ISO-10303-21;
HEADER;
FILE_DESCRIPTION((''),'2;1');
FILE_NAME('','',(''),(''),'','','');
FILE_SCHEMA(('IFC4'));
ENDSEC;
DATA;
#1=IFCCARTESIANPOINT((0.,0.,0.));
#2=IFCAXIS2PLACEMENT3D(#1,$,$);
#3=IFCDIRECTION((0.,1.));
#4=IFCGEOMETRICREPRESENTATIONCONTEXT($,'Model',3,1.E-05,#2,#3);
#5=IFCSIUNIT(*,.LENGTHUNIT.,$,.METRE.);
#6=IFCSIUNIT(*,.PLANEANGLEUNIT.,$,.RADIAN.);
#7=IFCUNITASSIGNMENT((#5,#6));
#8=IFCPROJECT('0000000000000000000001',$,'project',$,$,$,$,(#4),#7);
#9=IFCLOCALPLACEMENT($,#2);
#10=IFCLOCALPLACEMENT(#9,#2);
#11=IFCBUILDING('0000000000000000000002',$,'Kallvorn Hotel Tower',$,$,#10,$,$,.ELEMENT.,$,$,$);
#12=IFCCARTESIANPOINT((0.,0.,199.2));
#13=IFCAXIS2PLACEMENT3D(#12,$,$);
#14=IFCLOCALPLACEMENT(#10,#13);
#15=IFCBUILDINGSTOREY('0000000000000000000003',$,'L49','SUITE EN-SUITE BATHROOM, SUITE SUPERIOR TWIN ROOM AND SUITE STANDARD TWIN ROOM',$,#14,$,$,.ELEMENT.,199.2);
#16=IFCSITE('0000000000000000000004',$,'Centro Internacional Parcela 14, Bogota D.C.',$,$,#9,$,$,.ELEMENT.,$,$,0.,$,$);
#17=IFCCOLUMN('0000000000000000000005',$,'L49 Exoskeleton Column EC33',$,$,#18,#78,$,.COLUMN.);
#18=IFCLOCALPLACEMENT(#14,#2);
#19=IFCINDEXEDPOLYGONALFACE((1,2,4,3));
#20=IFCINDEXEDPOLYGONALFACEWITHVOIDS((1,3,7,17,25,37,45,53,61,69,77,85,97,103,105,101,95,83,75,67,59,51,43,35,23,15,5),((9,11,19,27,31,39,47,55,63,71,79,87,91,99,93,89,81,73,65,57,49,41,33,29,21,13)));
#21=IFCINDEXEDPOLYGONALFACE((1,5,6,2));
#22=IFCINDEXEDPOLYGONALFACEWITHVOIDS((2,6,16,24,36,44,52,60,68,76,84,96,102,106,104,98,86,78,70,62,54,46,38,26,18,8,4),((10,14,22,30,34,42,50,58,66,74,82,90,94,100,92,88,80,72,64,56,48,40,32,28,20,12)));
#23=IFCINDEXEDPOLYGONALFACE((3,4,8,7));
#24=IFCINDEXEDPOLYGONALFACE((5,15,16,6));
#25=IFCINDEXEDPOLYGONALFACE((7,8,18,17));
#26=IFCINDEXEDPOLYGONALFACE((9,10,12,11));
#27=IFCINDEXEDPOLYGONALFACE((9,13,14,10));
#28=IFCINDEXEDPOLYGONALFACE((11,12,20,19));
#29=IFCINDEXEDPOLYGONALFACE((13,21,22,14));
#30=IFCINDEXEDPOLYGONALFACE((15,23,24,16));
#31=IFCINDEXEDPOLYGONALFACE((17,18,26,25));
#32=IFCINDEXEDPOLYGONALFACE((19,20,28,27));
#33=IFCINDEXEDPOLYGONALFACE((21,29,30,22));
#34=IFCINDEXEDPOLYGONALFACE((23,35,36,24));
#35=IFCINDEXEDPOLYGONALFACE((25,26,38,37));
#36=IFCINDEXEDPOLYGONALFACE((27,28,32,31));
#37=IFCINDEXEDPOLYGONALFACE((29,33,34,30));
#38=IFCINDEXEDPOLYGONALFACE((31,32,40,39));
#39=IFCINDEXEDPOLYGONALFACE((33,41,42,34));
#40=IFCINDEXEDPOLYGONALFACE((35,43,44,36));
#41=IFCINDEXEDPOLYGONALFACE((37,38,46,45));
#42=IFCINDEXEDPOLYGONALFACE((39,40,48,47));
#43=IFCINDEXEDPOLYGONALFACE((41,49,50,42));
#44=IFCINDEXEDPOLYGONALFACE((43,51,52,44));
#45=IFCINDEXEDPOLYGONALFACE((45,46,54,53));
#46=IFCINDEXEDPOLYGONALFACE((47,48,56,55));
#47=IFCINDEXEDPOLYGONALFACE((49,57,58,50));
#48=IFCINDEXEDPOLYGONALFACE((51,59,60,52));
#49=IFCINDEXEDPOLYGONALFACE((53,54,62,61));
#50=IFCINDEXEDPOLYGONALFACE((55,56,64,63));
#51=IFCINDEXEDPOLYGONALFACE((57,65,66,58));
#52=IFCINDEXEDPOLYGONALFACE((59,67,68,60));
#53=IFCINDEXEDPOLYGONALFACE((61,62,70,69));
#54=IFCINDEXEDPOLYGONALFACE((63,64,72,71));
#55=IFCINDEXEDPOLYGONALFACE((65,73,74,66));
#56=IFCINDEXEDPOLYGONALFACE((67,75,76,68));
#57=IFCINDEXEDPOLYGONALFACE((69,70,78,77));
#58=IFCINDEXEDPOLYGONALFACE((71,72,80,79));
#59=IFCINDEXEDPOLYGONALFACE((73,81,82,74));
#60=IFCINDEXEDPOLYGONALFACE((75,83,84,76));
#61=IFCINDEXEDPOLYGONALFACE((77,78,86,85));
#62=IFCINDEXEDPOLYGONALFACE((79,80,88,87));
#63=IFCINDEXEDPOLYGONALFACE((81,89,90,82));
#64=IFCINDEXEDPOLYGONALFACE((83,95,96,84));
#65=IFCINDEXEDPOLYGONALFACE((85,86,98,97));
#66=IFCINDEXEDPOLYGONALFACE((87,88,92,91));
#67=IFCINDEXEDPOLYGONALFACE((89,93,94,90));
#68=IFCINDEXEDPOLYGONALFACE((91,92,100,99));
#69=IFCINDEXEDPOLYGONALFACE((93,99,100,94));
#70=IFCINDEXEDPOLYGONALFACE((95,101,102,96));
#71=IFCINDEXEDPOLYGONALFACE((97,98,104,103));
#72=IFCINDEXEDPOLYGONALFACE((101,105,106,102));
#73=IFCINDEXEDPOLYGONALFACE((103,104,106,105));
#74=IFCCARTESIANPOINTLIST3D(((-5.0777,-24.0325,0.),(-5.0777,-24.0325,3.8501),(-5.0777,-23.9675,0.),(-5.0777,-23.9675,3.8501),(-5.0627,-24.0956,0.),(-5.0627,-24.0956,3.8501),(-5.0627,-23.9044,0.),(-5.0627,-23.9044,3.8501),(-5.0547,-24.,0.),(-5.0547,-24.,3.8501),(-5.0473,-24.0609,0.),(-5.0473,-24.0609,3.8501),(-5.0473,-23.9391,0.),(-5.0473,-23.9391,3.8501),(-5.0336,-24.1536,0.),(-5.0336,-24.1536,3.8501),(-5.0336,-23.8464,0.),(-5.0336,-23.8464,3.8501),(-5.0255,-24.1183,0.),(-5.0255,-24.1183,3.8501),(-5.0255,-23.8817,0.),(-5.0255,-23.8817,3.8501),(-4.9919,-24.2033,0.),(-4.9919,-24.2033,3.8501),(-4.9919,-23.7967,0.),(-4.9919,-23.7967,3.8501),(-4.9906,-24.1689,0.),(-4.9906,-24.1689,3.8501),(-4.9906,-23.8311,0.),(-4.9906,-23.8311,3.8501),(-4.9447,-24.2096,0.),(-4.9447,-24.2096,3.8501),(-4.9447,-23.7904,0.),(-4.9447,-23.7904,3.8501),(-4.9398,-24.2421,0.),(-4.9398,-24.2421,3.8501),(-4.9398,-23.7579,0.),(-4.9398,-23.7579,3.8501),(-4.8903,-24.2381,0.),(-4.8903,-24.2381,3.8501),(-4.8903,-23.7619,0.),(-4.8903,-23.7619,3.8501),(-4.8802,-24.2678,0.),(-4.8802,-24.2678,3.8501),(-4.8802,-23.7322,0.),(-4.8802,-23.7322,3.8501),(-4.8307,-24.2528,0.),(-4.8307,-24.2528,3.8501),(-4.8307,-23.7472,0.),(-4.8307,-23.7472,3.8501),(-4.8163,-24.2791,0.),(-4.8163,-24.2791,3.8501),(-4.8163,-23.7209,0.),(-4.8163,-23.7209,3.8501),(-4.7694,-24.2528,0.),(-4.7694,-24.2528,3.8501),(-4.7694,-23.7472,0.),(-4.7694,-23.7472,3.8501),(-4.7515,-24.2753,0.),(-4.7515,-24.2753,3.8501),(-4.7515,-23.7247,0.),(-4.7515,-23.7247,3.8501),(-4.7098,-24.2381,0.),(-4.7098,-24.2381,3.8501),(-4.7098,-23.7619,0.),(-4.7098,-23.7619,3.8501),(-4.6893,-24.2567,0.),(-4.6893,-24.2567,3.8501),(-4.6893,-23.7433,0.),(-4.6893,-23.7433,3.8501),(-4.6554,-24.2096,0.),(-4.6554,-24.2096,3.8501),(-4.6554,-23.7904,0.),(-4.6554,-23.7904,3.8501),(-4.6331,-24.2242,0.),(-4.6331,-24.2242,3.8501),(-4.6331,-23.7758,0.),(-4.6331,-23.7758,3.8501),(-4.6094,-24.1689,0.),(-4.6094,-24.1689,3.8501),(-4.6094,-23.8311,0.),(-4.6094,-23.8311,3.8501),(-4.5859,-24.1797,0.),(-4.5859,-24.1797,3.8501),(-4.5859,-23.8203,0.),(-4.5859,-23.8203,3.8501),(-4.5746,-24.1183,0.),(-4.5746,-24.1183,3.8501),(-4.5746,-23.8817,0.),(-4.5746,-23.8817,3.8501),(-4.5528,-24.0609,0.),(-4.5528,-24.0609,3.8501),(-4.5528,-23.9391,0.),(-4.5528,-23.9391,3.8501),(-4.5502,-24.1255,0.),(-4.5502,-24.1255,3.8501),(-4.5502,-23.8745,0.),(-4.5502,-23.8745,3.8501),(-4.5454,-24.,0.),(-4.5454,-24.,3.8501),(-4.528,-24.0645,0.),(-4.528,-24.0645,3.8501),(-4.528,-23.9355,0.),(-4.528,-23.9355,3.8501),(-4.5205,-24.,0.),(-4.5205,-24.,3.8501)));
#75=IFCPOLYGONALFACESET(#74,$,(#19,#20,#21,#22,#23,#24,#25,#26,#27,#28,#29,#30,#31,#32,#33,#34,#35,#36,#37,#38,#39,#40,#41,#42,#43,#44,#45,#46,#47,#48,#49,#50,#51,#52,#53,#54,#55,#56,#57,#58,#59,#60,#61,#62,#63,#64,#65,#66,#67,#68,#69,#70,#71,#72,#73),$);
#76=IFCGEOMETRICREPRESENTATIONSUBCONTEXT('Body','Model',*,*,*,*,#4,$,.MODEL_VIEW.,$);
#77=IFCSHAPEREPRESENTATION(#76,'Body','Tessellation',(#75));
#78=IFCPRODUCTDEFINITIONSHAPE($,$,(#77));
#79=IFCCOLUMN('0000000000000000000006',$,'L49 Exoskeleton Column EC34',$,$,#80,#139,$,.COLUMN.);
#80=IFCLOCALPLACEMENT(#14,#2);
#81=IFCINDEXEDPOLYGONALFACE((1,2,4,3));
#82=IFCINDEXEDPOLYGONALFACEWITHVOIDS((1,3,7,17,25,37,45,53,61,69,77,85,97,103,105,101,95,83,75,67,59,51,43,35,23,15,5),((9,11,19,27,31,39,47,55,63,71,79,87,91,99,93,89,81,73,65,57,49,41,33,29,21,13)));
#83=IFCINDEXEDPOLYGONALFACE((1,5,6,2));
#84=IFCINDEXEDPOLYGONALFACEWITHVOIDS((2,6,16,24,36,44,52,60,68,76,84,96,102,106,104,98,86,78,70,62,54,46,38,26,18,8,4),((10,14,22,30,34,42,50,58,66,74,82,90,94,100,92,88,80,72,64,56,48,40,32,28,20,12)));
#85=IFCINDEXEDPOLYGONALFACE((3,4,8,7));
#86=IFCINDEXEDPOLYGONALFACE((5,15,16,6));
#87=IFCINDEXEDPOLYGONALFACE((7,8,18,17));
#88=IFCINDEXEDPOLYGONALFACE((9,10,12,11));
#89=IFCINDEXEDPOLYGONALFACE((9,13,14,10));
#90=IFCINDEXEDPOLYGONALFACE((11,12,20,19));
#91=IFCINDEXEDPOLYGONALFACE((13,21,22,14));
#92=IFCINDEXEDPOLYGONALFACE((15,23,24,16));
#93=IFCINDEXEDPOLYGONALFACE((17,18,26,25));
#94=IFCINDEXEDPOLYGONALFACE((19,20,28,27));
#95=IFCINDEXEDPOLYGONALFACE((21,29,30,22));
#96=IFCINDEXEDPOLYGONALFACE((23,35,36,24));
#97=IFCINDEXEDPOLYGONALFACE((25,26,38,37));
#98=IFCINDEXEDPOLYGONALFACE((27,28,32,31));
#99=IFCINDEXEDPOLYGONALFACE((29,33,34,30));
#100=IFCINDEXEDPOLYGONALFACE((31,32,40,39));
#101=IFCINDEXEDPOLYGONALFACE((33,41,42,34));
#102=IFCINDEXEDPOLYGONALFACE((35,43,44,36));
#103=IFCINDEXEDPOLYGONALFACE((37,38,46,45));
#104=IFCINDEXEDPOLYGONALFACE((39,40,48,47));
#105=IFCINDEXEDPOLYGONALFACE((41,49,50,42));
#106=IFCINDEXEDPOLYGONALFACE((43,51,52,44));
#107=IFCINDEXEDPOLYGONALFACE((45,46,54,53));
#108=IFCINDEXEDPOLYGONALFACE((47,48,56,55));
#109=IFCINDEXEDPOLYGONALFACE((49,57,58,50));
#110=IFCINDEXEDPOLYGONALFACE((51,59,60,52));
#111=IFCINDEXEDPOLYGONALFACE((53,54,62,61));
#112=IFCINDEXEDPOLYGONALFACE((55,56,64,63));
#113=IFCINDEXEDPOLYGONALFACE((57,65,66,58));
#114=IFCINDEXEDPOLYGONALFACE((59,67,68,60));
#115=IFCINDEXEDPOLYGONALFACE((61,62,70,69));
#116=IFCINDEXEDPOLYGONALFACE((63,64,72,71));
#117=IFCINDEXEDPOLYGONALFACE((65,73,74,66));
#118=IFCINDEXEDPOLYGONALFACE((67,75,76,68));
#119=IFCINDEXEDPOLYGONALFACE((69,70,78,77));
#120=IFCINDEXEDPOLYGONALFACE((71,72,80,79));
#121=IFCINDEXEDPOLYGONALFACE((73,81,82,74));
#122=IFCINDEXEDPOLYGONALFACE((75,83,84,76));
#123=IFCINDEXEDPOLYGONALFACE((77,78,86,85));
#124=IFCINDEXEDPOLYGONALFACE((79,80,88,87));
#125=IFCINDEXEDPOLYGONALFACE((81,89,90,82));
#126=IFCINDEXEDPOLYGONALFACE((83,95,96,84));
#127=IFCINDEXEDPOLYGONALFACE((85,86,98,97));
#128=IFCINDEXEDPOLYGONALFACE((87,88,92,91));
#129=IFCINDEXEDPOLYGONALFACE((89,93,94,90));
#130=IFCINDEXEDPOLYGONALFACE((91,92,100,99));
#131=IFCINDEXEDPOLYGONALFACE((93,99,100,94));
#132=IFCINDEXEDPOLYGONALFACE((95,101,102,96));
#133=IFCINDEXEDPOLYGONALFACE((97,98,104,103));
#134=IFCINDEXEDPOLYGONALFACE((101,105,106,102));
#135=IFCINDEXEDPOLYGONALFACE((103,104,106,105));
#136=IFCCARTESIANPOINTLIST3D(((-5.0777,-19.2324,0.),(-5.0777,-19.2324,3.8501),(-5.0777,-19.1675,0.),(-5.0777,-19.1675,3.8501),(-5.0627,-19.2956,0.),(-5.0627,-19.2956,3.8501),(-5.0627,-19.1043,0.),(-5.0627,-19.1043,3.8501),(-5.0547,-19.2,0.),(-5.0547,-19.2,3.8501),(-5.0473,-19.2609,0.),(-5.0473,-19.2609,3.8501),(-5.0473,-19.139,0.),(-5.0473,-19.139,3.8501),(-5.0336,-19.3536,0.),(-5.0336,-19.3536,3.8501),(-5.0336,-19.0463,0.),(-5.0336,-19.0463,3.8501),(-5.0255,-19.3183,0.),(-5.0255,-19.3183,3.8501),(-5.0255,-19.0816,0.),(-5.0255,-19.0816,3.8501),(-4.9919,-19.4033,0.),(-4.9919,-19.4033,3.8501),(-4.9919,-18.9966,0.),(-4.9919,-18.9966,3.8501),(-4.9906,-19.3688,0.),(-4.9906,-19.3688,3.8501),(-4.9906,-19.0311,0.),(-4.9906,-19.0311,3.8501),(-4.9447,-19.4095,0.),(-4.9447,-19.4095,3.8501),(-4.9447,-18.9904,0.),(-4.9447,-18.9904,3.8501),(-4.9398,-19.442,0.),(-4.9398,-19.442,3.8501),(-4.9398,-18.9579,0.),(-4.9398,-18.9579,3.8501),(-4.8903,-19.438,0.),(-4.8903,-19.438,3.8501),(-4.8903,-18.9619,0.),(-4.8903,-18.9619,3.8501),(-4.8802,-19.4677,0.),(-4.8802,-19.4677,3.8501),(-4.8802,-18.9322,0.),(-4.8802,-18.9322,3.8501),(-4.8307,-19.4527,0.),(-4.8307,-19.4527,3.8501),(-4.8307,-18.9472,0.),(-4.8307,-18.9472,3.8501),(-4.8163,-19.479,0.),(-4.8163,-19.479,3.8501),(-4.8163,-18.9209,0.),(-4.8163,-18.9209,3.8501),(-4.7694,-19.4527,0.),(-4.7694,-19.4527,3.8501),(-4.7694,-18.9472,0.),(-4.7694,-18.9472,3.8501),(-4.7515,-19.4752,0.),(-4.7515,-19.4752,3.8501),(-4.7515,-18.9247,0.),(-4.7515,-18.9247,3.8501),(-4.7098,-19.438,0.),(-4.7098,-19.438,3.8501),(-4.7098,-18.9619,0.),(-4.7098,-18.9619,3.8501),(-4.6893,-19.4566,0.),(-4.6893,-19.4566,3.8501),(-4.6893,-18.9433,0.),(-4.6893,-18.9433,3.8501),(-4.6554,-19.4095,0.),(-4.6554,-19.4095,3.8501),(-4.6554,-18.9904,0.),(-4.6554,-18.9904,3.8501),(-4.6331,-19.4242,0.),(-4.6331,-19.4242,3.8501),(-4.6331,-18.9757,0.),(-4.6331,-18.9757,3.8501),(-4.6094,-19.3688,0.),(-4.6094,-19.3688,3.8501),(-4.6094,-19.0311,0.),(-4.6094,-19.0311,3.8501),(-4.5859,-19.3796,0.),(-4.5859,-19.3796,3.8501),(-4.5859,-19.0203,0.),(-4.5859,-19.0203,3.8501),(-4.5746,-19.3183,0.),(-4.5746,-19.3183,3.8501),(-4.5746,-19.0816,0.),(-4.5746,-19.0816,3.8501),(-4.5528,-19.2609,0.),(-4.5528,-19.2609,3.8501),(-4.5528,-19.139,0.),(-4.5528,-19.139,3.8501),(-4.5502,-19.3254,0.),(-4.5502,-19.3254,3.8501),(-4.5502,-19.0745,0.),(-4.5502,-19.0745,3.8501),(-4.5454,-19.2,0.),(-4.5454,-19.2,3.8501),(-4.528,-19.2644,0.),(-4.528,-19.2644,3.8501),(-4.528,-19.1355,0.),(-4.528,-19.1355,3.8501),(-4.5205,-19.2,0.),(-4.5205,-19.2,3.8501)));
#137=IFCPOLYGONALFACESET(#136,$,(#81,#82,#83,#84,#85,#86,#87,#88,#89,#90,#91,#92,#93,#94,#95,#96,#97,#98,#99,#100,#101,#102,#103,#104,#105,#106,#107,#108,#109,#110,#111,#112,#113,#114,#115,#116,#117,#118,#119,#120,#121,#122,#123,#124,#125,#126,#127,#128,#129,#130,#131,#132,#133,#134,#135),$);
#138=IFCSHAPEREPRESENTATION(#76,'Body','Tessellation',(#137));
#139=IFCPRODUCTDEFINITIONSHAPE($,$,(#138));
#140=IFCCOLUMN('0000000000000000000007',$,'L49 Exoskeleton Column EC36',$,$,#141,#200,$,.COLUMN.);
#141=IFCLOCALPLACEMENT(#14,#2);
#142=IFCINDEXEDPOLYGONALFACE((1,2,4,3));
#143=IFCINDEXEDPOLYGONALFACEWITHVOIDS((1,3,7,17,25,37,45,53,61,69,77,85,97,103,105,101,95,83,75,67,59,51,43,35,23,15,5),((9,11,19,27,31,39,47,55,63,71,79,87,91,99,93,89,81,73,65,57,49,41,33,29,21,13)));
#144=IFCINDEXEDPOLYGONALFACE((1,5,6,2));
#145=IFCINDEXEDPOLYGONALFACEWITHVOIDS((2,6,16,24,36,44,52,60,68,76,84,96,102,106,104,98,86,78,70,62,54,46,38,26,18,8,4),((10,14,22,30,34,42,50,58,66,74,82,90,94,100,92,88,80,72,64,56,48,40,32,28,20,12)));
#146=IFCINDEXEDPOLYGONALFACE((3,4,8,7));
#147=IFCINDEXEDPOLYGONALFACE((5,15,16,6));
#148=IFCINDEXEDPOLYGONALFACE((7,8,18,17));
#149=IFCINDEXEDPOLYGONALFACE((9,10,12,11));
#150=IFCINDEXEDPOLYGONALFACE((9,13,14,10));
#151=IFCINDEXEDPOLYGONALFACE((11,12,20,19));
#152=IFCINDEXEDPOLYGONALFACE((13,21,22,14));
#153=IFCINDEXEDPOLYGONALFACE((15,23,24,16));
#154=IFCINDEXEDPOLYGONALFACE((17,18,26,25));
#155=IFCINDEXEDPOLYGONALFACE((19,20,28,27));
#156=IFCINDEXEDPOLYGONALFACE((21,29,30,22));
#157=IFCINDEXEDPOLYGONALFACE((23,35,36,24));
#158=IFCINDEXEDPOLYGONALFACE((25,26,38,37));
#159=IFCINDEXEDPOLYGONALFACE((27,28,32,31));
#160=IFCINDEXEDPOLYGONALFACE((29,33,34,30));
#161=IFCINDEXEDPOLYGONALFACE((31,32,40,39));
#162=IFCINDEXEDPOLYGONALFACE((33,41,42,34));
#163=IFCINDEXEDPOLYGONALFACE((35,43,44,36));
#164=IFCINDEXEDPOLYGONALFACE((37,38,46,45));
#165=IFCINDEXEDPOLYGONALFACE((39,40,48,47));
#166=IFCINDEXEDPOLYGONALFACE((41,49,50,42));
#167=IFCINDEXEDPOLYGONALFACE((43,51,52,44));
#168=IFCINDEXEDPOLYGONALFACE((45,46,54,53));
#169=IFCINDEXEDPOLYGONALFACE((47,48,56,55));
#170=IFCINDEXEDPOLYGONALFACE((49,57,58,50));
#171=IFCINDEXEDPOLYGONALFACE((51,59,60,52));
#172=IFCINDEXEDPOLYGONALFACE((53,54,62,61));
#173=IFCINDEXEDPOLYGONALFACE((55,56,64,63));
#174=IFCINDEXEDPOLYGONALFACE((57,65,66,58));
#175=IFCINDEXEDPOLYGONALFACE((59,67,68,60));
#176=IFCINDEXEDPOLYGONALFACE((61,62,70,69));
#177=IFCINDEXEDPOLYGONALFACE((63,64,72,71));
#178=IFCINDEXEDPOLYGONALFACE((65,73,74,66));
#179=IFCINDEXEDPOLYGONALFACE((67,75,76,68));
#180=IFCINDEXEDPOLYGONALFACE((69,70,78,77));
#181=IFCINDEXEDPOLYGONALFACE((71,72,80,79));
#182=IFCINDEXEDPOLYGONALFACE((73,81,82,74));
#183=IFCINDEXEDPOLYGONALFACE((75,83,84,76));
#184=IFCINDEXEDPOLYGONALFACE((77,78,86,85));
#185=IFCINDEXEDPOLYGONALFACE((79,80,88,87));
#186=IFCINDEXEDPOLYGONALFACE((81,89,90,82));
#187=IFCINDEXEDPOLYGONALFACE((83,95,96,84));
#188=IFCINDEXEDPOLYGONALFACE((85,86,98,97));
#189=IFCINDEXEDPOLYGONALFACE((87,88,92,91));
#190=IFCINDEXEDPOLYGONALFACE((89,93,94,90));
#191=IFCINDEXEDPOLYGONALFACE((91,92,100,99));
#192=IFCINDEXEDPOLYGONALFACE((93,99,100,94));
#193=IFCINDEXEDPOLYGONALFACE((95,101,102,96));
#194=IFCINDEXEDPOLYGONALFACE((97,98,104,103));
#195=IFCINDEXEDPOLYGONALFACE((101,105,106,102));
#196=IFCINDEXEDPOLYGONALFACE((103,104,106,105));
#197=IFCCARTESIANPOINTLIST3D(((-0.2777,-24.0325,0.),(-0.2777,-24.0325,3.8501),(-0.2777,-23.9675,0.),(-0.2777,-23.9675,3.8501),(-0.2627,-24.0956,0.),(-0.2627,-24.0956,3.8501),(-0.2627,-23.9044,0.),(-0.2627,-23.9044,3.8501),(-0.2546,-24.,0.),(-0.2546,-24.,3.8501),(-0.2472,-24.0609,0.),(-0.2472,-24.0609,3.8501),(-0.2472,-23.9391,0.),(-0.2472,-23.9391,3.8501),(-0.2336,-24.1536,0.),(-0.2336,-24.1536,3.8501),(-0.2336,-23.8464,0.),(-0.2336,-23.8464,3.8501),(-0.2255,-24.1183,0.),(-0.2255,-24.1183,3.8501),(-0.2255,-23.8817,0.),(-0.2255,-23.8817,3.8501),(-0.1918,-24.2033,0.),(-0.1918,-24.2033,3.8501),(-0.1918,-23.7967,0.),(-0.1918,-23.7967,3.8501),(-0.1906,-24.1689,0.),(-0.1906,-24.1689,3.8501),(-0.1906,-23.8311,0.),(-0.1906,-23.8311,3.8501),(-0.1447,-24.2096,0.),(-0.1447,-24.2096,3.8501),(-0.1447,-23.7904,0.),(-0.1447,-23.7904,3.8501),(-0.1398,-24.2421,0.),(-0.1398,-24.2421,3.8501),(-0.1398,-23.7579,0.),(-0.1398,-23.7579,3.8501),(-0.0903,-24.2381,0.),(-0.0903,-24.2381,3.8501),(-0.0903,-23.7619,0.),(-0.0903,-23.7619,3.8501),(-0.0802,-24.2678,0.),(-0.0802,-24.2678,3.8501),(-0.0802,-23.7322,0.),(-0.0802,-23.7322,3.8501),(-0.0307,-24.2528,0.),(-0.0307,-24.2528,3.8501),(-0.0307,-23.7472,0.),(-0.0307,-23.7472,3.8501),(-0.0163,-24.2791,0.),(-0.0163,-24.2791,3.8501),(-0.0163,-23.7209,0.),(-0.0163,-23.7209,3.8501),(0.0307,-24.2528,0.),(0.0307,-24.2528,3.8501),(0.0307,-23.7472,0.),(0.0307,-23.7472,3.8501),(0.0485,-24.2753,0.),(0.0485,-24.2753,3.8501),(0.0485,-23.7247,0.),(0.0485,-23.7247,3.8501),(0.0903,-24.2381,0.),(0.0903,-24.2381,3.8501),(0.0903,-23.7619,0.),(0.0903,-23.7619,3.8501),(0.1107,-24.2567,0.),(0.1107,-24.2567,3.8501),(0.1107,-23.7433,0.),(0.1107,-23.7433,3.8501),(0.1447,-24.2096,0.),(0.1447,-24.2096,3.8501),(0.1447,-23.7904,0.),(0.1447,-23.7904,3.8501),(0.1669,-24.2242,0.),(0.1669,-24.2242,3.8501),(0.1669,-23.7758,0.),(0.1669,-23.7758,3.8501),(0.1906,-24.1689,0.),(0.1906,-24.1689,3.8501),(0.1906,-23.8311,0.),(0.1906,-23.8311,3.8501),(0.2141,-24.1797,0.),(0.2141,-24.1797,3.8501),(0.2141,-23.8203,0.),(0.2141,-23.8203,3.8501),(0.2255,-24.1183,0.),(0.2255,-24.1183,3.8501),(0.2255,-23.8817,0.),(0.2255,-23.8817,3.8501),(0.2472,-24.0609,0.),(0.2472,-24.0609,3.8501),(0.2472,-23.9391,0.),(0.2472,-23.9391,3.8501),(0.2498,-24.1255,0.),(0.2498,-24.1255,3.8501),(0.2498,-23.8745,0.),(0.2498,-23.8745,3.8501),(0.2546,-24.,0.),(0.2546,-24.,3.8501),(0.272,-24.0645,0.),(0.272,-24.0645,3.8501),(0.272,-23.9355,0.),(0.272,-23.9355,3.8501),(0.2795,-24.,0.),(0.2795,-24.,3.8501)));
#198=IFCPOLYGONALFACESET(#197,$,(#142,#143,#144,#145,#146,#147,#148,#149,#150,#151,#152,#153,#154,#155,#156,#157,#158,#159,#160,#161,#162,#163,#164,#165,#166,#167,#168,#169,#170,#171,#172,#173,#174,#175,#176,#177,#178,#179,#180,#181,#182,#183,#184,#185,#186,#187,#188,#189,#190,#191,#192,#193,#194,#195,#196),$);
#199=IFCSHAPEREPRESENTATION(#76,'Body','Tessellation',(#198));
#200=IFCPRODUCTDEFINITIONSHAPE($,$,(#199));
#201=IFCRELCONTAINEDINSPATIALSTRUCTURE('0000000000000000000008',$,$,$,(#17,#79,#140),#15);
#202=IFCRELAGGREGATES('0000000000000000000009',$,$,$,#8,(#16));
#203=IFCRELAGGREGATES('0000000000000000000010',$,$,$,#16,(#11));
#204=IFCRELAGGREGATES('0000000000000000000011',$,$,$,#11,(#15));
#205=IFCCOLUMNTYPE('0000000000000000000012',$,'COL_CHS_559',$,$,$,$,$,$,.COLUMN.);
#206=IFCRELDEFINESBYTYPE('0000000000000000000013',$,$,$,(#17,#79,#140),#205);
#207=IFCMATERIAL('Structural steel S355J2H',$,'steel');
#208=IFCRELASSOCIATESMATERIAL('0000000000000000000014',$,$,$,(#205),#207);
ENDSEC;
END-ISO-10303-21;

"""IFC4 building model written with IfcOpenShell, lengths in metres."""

from ifc_helpers import new_model, si_unit, direction, frame, origin, origin_2d, place, context, subcontext, project, spatial, hollow_circle, extrude, material, material_profile, profile_set, type_object, element, save


model = new_model("IFC4")

# Units and contexts
model_context = context("Model", 3, precision=1e-05, world=origin(), true_north=direction((0.0, 1.0)))
body_context = subcontext(model_context, "Body", "Model", "MODEL_VIEW")
ifc_project = project(units=[si_unit("LENGTHUNIT", "METRE"), si_unit("PLANEANGLEUNIT", "RADIAN")], contexts=[model_context])

# Site, building, storey
site_placement = place(None, origin())
site = spatial("IfcSite", under=ifc_project, at=site_placement, Name="Centro Internacional Parcela 14, Bogota D.C.", CompositionType="ELEMENT", RefElevation=0.0)
building_placement = place(site_placement, origin())
building = spatial("IfcBuilding", under=site, at=building_placement, Name="Kallvorn Hotel Tower", CompositionType="ELEMENT")
storey_placement = place(building_placement, frame((0.0, 0.0, 199.2)))
storey = spatial("IfcBuildingStorey", under=building, at=storey_placement, Name="L49", Description="SUITE EN-SUITE BATHROOM, SUITE SUPERIOR TWIN ROOM AND SUITE STANDARD TWIN ROOM", CompositionType="ELEMENT", Elevation=199.2)

# Columns
ifc_material_1 = material(Name="Structural steel S355J2H", Category="steel")
ifc_material_profile_1 = material_profile(ifc_material_1, hollow_circle(Radius=0.2795, WallThickness=0.0249, at=origin_2d()), Name="CHS 559x25")
ifc_profile_set_1 = profile_set([ifc_material_profile_1], Name="Structural steel S355J2H")
column_type_1 = type_object("IfcColumnType", Name="COL_CHS_559", PredefinedType="COLUMN", material=ifc_profile_set_1)
for number, where, z_axis, x_axis, name in (
    (1, (-4.8, -24.0, 0.0), (0.0, 0.0, 1.0), (1.0, 0.0, 0.0), "L49 Exoskeleton Column EC33"),
    (2, (-4.8, -19.2, 0.0), (0.0, 0.0, 1.0), (1.0, 0.0, 0.0), "L49 Exoskeleton Column EC34"),
    (3, (0.0, -24.0, 0.0), (0.0, 0.0, 1.0), (1.0, 0.0, 0.0), "L49 Exoskeleton Column EC36"),
):
    element("IfcColumn", number, at=place(storey_placement, frame(where, z_axis=z_axis, x_axis=x_axis)), inside=storey, type_object=column_type_1, Name=name, PredefinedType="COLUMN", context=body_context, shape_type="SweptSolid", body=[
        extrude(hollow_circle(Radius=0.2795, WallThickness=0.0249, at=origin_2d()), origin(), (0.0, 0.0, 1.0), 3.8501),
    ])

save(model, "model.ifc")
